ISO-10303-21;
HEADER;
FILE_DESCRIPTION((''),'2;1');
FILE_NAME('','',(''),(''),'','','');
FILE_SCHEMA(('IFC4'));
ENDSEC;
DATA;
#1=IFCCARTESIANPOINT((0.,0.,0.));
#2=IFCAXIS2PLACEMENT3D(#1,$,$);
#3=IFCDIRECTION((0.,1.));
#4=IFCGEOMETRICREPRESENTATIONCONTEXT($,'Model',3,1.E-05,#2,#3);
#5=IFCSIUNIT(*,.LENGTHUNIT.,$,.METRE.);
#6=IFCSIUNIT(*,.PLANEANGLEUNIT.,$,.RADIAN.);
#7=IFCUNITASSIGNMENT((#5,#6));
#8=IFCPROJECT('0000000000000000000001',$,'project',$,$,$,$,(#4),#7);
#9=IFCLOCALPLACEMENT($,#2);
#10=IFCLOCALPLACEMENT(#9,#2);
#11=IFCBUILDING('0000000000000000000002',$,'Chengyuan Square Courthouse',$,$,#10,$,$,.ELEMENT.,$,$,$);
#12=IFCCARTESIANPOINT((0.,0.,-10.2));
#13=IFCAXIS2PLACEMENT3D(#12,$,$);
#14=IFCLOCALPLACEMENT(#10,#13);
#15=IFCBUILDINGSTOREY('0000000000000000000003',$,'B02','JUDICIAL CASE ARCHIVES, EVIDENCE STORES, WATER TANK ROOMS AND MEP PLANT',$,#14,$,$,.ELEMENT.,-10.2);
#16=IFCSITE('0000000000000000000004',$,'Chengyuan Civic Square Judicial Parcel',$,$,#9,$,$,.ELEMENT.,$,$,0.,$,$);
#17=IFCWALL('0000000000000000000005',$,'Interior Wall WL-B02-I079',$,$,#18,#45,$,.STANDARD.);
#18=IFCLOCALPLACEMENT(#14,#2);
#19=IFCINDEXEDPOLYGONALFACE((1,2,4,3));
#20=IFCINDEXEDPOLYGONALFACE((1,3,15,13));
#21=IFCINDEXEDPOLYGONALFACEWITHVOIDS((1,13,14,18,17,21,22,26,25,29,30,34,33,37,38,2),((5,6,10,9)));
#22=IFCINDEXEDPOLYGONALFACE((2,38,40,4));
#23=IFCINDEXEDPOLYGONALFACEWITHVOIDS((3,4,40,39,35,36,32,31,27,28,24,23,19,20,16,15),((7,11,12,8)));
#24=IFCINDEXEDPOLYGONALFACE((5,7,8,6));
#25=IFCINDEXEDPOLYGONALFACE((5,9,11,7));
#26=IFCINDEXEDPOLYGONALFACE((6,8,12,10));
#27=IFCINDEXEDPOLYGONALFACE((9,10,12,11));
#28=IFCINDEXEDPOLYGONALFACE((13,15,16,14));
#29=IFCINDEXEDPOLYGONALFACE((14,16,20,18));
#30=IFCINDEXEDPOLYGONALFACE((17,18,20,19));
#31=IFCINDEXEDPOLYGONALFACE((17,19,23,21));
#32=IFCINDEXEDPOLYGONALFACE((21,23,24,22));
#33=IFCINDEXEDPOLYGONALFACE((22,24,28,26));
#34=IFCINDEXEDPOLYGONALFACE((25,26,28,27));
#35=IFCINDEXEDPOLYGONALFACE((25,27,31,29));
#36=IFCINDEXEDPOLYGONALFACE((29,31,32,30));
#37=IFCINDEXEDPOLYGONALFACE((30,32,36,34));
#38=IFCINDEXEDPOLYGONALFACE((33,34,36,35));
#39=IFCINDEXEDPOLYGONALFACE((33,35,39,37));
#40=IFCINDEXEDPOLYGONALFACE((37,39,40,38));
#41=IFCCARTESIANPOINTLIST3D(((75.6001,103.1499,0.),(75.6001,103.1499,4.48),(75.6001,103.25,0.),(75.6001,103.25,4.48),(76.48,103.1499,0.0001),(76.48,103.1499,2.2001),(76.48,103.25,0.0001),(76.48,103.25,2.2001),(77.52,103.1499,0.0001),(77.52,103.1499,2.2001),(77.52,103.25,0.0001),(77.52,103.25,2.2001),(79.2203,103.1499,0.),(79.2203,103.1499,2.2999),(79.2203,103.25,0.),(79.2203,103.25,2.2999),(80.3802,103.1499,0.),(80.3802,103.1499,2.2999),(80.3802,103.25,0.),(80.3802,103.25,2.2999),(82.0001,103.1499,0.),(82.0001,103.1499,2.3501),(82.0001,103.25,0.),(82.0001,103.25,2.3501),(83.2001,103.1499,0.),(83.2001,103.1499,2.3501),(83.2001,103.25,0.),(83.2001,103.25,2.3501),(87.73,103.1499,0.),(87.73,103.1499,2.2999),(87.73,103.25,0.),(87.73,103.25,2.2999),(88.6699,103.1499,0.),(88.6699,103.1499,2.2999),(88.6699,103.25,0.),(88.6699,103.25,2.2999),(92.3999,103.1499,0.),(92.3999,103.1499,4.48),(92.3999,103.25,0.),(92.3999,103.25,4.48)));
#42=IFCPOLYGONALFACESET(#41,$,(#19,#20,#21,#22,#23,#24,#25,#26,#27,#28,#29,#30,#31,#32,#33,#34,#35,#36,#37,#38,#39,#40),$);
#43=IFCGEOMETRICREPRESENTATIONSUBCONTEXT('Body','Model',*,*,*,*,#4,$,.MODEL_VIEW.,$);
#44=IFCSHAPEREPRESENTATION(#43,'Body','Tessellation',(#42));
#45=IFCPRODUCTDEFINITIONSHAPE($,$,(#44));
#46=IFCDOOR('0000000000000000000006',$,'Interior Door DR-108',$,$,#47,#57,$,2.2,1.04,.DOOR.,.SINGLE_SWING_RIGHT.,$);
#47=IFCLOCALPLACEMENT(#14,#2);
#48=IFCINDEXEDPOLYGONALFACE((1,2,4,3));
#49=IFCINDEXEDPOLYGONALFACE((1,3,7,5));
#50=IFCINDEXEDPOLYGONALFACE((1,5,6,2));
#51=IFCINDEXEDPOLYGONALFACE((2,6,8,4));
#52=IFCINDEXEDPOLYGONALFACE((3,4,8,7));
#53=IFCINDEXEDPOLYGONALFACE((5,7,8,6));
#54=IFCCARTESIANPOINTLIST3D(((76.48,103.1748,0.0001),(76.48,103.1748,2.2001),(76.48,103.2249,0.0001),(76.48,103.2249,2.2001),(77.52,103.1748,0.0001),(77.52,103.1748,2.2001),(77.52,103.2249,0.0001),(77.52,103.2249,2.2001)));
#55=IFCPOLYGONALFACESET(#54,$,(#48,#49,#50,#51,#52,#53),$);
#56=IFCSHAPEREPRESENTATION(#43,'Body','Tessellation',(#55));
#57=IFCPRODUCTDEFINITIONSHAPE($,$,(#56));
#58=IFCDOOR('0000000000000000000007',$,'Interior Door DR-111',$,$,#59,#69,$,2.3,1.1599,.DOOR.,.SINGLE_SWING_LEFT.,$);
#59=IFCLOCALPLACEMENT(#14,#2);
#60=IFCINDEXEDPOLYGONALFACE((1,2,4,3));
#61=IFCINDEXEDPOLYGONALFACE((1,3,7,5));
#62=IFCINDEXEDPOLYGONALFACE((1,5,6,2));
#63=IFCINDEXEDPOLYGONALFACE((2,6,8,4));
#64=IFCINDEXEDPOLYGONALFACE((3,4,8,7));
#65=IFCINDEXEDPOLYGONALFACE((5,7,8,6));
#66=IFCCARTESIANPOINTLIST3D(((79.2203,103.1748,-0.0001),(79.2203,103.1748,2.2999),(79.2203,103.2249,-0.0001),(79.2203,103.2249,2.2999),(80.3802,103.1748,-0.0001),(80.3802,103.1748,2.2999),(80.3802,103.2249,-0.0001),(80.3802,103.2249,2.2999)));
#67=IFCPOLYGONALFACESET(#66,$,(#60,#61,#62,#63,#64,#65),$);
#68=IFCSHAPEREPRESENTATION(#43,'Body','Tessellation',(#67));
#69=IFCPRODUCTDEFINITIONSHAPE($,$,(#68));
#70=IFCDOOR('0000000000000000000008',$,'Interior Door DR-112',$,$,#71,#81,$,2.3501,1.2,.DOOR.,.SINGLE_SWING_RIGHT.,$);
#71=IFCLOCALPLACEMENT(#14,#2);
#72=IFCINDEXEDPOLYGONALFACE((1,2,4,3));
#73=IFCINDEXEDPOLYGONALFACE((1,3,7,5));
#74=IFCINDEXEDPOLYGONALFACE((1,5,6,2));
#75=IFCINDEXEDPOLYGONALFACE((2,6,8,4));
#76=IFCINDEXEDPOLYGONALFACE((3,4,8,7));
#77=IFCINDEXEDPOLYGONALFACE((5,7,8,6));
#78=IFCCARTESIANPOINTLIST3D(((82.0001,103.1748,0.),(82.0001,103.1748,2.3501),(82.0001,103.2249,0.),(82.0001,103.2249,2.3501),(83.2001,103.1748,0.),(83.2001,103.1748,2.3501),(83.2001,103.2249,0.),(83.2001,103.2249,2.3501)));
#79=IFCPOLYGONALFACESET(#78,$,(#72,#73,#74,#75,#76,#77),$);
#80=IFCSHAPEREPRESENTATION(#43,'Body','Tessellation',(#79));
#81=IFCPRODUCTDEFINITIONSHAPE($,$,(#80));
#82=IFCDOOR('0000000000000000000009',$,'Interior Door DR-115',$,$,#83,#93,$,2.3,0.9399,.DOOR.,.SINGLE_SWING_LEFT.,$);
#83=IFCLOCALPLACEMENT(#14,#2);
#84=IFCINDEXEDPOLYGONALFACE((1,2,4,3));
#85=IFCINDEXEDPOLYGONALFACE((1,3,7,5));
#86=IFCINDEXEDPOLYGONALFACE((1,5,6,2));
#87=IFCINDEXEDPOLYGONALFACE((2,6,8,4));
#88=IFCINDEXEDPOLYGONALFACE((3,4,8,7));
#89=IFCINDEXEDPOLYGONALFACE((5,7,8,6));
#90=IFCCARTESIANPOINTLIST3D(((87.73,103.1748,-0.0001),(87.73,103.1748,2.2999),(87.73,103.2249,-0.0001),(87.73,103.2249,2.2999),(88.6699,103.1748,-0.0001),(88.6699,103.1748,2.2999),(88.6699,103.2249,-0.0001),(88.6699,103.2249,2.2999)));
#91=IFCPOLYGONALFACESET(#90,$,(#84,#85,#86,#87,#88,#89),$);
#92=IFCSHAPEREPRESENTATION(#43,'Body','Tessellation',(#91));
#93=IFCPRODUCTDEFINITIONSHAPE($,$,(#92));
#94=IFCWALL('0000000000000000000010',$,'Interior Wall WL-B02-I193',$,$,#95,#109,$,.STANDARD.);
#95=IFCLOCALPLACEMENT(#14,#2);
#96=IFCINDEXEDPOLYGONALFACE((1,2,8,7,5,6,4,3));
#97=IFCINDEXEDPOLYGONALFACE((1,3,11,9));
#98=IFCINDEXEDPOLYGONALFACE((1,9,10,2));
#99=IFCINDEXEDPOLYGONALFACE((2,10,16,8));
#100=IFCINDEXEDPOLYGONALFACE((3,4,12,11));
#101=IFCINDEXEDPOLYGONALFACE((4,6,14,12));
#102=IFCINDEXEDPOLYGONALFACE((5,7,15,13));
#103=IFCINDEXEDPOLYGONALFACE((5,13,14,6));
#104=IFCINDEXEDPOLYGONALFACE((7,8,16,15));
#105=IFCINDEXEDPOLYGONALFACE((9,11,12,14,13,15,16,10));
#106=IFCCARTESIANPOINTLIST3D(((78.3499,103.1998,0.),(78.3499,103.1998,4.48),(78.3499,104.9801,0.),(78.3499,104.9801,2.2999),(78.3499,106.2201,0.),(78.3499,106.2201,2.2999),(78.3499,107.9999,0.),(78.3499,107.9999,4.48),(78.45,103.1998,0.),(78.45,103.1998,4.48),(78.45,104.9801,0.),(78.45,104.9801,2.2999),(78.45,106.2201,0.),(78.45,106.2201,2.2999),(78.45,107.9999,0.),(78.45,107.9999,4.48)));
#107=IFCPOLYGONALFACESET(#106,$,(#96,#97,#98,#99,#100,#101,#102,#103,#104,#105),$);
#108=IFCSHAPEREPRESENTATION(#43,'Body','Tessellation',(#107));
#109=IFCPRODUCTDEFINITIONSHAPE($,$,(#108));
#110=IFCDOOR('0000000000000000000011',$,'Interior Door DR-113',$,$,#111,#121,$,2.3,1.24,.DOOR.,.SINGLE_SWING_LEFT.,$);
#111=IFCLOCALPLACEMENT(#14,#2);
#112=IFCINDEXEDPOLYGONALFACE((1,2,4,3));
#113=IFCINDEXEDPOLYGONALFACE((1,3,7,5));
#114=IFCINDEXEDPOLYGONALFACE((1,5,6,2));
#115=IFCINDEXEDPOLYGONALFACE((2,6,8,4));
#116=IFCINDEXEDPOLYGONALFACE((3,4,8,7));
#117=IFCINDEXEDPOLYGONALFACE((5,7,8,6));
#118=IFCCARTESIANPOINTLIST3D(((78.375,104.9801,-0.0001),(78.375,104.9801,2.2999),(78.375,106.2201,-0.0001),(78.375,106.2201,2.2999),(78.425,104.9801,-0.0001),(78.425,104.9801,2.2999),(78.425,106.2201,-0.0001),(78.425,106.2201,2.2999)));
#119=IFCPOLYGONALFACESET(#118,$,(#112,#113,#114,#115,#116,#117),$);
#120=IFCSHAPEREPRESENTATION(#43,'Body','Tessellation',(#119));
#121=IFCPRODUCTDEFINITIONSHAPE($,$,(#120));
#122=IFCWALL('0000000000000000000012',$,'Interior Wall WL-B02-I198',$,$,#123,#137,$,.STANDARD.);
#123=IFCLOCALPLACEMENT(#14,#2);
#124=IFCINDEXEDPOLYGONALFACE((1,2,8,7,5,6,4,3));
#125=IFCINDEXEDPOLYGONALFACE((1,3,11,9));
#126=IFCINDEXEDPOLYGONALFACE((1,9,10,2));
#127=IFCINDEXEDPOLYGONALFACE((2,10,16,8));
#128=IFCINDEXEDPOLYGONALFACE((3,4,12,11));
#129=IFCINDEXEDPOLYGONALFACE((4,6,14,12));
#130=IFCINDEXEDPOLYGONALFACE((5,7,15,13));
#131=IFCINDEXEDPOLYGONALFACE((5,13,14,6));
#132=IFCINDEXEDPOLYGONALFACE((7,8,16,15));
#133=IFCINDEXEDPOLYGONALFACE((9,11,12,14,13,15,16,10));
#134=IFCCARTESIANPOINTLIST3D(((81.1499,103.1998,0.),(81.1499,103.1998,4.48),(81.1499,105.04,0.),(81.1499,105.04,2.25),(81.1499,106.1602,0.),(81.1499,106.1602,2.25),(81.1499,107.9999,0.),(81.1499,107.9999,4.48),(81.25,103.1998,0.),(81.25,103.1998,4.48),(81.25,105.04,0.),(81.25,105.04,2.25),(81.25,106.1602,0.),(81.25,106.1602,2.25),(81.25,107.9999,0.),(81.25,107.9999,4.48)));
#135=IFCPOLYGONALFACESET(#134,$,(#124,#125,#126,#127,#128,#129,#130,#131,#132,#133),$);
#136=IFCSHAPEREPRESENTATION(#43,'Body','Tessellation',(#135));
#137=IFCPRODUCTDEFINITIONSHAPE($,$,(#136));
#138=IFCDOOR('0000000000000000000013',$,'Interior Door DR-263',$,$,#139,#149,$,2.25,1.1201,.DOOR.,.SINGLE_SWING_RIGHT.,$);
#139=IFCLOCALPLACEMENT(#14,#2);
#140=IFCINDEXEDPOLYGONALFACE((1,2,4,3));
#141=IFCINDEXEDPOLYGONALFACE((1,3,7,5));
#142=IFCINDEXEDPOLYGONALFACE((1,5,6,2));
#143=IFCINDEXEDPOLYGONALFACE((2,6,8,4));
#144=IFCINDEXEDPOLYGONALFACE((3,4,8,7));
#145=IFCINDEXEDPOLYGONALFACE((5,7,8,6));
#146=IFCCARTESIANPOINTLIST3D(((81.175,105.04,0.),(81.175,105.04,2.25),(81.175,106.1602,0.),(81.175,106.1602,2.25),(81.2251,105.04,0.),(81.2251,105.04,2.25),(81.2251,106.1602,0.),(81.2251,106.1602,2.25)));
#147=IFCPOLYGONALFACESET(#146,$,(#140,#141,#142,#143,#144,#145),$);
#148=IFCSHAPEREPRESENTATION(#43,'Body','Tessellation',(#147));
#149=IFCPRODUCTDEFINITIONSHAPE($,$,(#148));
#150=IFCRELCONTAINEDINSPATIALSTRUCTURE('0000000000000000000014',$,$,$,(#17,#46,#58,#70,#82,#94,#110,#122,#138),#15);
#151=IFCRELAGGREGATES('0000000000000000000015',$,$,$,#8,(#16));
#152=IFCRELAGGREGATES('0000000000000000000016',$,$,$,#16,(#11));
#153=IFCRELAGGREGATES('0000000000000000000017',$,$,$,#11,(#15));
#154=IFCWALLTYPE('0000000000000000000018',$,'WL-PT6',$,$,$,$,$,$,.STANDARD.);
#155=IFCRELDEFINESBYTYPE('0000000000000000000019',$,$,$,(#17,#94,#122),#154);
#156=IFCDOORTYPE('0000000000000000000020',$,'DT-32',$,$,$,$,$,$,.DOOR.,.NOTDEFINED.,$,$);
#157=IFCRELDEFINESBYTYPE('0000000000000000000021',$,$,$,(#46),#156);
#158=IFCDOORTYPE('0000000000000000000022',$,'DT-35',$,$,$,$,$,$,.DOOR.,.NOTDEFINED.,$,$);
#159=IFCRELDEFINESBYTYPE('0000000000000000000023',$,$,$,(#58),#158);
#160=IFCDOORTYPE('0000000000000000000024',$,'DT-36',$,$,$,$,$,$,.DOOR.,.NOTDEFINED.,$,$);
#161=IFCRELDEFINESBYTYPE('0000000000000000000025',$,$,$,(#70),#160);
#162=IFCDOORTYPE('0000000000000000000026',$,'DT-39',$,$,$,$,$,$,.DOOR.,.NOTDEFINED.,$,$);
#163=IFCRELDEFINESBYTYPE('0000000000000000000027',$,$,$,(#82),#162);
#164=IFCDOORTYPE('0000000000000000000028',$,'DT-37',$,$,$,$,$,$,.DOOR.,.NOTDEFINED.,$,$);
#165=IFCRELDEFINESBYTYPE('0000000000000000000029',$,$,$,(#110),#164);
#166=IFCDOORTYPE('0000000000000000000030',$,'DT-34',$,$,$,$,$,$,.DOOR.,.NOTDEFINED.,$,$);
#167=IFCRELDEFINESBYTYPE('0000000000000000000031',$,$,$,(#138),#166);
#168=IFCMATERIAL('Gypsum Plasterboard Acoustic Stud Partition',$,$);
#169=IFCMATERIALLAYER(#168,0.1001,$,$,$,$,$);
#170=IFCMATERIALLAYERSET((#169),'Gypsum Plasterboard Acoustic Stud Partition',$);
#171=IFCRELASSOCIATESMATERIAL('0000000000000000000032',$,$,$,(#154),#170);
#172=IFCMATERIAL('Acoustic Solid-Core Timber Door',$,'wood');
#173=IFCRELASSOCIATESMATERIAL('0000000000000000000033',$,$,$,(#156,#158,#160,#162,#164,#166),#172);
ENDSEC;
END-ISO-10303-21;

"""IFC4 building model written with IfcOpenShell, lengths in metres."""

from ifc_helpers import new_model, si_unit, direction, frame, frame_2d, origin, place, context, subcontext, project, spatial, rectangle, extrude, material, layer, layer_set, type_object, element, fill, save


model = new_model("IFC4")

# Units and contexts
model_context = context("Model", 3, precision=1e-05, world=origin(), true_north=direction((0.0, 1.0)))
body_context = subcontext(model_context, "Body", "Model", "MODEL_VIEW")
ifc_project = project(units=[si_unit("LENGTHUNIT", "METRE"), si_unit("PLANEANGLEUNIT", "RADIAN")], contexts=[model_context])

# Site, building, storey
site_placement = place(None, origin())
site = spatial("IfcSite", under=ifc_project, at=site_placement, Name="Chengyuan Civic Square Judicial Parcel", CompositionType="ELEMENT", RefElevation=0.0)
building_placement = place(site_placement, origin())
building = spatial("IfcBuilding", under=site, at=building_placement, Name="Chengyuan Square Courthouse", CompositionType="ELEMENT")
storey_placement = place(building_placement, frame((0.0, 0.0, -10.2)))
storey = spatial("IfcBuildingStorey", under=building, at=storey_placement, Name="B02", Description="JUDICIAL CASE ARCHIVES, EVIDENCE STORES, WATER TANK ROOMS AND MEP PLANT", CompositionType="ELEMENT", Elevation=-10.2)

# Wall, openings, doors
ifc_material_1 = material(Name="Gypsum Plasterboard Acoustic Stud Partition")
ifc_layer_1 = layer(ifc_material_1, 0.1001)
ifc_layer_set_1 = layer_set([ifc_layer_1], Name="Gypsum Plasterboard Acoustic Stud Partition")
wall_type_1 = type_object("IfcWallType", Name="WL-PT6", PredefinedType="STANDARD", material=ifc_layer_set_1)
wall_1_placement = place(storey_placement, frame((75.6001, 103.2, 0.0), z_axis=(0.0, 0.0, 1.0), x_axis=(1.0, 0.0, 0.0)))
wall_1 = element("IfcWall", 1, at=wall_1_placement, inside=storey, type_object=wall_type_1, Name="Interior Wall WL-B02-I079", PredefinedType="STANDARD", context=body_context, shape_type="SweptSolid", body=[
    extrude(rectangle(XDim=16.7998, YDim=0.1001, at=frame_2d((8.3999, 0.0))), origin(), (0.0, 0.0, 1.0), 4.48),
])
opening_1_placement = place(wall_1_placement, frame((0.8799, 0.0, 0.0)))
opening_1 = element("IfcOpeningElement", 2, at=opening_1_placement, cuts=wall_1, PredefinedType="OPENING", context=body_context, shape_type="SweptSolid", body=[
    extrude(rectangle(XDim=1.04, YDim=2.2, at=frame_2d((0.52, 1.1001))), frame((0.0, 0.062, 0.0), z_axis=(0.0, -1.0, 0.0), x_axis=(1.0, 0.0, 0.0)), (0.0, 0.0, 1.0), 0.124),
])
opening_2_placement = place(wall_1_placement, frame((3.6201, 0.0, 0.0)))
opening_2 = element("IfcOpeningElement", 3, at=opening_2_placement, cuts=wall_1, PredefinedType="OPENING", context=body_context, shape_type="SweptSolid", body=[
    extrude(rectangle(XDim=1.1599, YDim=2.3, at=frame_2d((0.5801, 1.1499))), frame((0.0, 0.062, 0.0), z_axis=(0.0, -1.0, 0.0), x_axis=(1.0, 0.0, 0.0)), (0.0, 0.0, 1.0), 0.124),
])
opening_3_placement = place(wall_1_placement, frame((6.3999, 0.0, 0.0)))
opening_3 = element("IfcOpeningElement", 4, at=opening_3_placement, cuts=wall_1, PredefinedType="OPENING", context=body_context, shape_type="SweptSolid", body=[
    extrude(rectangle(XDim=1.2, YDim=2.3501, at=frame_2d((0.6001, 1.175))), frame((0.0, 0.062, 0.0), z_axis=(0.0, -1.0, 0.0), x_axis=(1.0, 0.0, 0.0)), (0.0, 0.0, 1.0), 0.124),
])
opening_4_placement = place(wall_1_placement, frame((12.1299, 0.0, 0.0)))
opening_4 = element("IfcOpeningElement", 5, at=opening_4_placement, cuts=wall_1, PredefinedType="OPENING", context=body_context, shape_type="SweptSolid", body=[
    extrude(rectangle(XDim=0.9399, YDim=2.3, at=frame_2d((0.47, 1.1499))), frame((0.0, 0.062, 0.0), z_axis=(0.0, -1.0, 0.0), x_axis=(1.0, 0.0, 0.0)), (0.0, 0.0, 1.0), 0.124),
])
ifc_material_2 = material(Name="Acoustic Solid-Core Timber Door", Category="wood")
door_type_1 = type_object("IfcDoorType", Name="DT-32", OperationType="NOTDEFINED", PredefinedType="DOOR", material=ifc_material_2)
door_1_placement = place(opening_1_placement, origin())
door_1 = element("IfcDoor", 6, at=door_1_placement, inside=storey, type_object=door_type_1, Name="Interior Door DR-108", OperationType="SINGLE_SWING_RIGHT", OverallHeight=2.2, OverallWidth=1.04, PredefinedType="DOOR", context=body_context, shape_type="SweptSolid", body=[
    extrude(rectangle(XDim=1.04, YDim=2.2, at=frame_2d((0.52, 1.1001))), frame((0.0, 0.0249, 0.0), z_axis=(0.0, -1.0, 0.0), x_axis=(1.0, 0.0, 0.0)), (0.0, 0.0, 1.0), 0.05),
])
fill(opening_1, door_1)
door_type_2 = type_object("IfcDoorType", Name="DT-35", OperationType="NOTDEFINED", PredefinedType="DOOR", material=ifc_material_2)
door_2_placement = place(opening_2_placement, origin())
door_2 = element("IfcDoor", 7, at=door_2_placement, inside=storey, type_object=door_type_2, Name="Interior Door DR-111", OperationType="SINGLE_SWING_LEFT", OverallHeight=2.3, OverallWidth=1.1599, PredefinedType="DOOR", context=body_context, shape_type="SweptSolid", body=[
    extrude(rectangle(XDim=1.1599, YDim=2.3, at=frame_2d((0.5801, 1.1499))), frame((0.0, 0.0249, 0.0), z_axis=(0.0, -1.0, 0.0), x_axis=(1.0, 0.0, 0.0)), (0.0, 0.0, 1.0), 0.05),
])
fill(opening_2, door_2)
door_type_3 = type_object("IfcDoorType", Name="DT-36", OperationType="NOTDEFINED", PredefinedType="DOOR", material=ifc_material_2)
door_3_placement = place(opening_3_placement, origin())
door_3 = element("IfcDoor", 8, at=door_3_placement, inside=storey, type_object=door_type_3, Name="Interior Door DR-112", OperationType="SINGLE_SWING_RIGHT", OverallHeight=2.3501, OverallWidth=1.2, PredefinedType="DOOR", context=body_context, shape_type="SweptSolid", body=[
    extrude(rectangle(XDim=1.2, YDim=2.3501, at=frame_2d((0.6001, 1.175))), frame((0.0, 0.0249, 0.0), z_axis=(0.0, -1.0, 0.0), x_axis=(1.0, 0.0, 0.0)), (0.0, 0.0, 1.0), 0.05),
])
fill(opening_3, door_3)
door_type_4 = type_object("IfcDoorType", Name="DT-39", OperationType="NOTDEFINED", PredefinedType="DOOR", material=ifc_material_2)
door_4_placement = place(opening_4_placement, origin())
door_4 = element("IfcDoor", 9, at=door_4_placement, inside=storey, type_object=door_type_4, Name="Interior Door DR-115", OperationType="SINGLE_SWING_LEFT", OverallHeight=2.3, OverallWidth=0.9399, PredefinedType="DOOR", context=body_context, shape_type="SweptSolid", body=[
    extrude(rectangle(XDim=0.9399, YDim=2.3, at=frame_2d((0.47, 1.1499))), frame((0.0, 0.0249, 0.0), z_axis=(0.0, -1.0, 0.0), x_axis=(1.0, 0.0, 0.0)), (0.0, 0.0, 1.0), 0.05),
])
fill(opening_4, door_4)

# Walls, openings, doors
wall_2_placement = place(storey_placement, frame((78.3999, 103.2, 0.0), z_axis=(0.0, 0.0, 1.0), x_axis=(0.0, 1.0, 0.0)))
wall_2 = element("IfcWall", 10, at=wall_2_placement, inside=storey, type_object=wall_type_1, Name="Interior Wall WL-B02-I193", PredefinedType="STANDARD", context=body_context, shape_type="SweptSolid", body=[
    extrude(rectangle(XDim=4.8, YDim=0.1001, at=frame_2d((2.3999, 0.0))), origin(), (0.0, 0.0, 1.0), 4.48),
])
opening_5_placement = place(wall_2_placement, frame((1.78, 0.0, 0.0)))
opening_5 = element("IfcOpeningElement", 11, at=opening_5_placement, cuts=wall_2, PredefinedType="OPENING", context=body_context, shape_type="SweptSolid", body=[
    extrude(rectangle(XDim=1.24, YDim=2.3, at=frame_2d((0.6201, 1.1499))), frame((0.0, 0.062, 0.0), z_axis=(0.0, -1.0, 0.0), x_axis=(1.0, 0.0, 0.0)), (0.0, 0.0, 1.0), 0.124),
])
door_type_5 = type_object("IfcDoorType", Name="DT-37", OperationType="NOTDEFINED", PredefinedType="DOOR", material=ifc_material_2)
door_5_placement = place(opening_5_placement, origin())
door_5 = element("IfcDoor", 12, at=door_5_placement, inside=storey, type_object=door_type_5, Name="Interior Door DR-113", OperationType="SINGLE_SWING_LEFT", OverallHeight=2.3, OverallWidth=1.24, PredefinedType="DOOR", context=body_context, shape_type="SweptSolid", body=[
    extrude(rectangle(XDim=1.24, YDim=2.3, at=frame_2d((0.6201, 1.1499))), frame((0.0, 0.0249, 0.0), z_axis=(0.0, -1.0, 0.0), x_axis=(1.0, 0.0, 0.0)), (0.0, 0.0, 1.0), 0.05),
])
fill(opening_5, door_5)
wall_3_placement = place(storey_placement, frame((81.2, 103.2, 0.0), z_axis=(0.0, 0.0, 1.0), x_axis=(0.0, 1.0, 0.0)))
wall_3 = element("IfcWall", 13, at=wall_3_placement, inside=storey, type_object=wall_type_1, Name="Interior Wall WL-B02-I198", PredefinedType="STANDARD", context=body_context, shape_type="SweptSolid", body=[
    extrude(rectangle(XDim=4.8, YDim=0.1001, at=frame_2d((2.3999, 0.0))), origin(), (0.0, 0.0, 1.0), 4.48),
])
opening_6_placement = place(wall_3_placement, frame((1.8401, 0.0, 0.0)))
opening_6 = element("IfcOpeningElement", 14, at=opening_6_placement, cuts=wall_3, PredefinedType="OPENING", context=body_context, shape_type="SweptSolid", body=[
    extrude(rectangle(XDim=1.1201, YDim=2.25, at=frame_2d((0.5601, 1.125))), frame((0.0, 0.062, 0.0), z_axis=(0.0, -1.0, 0.0), x_axis=(1.0, 0.0, 0.0)), (0.0, 0.0, 1.0), 0.124),
])
door_type_6 = type_object("IfcDoorType", Name="DT-34", OperationType="NOTDEFINED", PredefinedType="DOOR", material=ifc_material_2)
door_6_placement = place(opening_6_placement, origin())
door_6 = element("IfcDoor", 15, at=door_6_placement, inside=storey, type_object=door_type_6, Name="Interior Door DR-263", OperationType="SINGLE_SWING_RIGHT", OverallHeight=2.25, OverallWidth=1.1201, PredefinedType="DOOR", context=body_context, shape_type="SweptSolid", body=[
    extrude(rectangle(XDim=1.1201, YDim=2.25, at=frame_2d((0.5601, 1.125))), frame((0.0, 0.0249, 0.0), z_axis=(0.0, -1.0, 0.0), x_axis=(1.0, 0.0, 0.0)), (0.0, 0.0, 1.0), 0.05),
])
fill(opening_6, door_6)

save(model, "model.ifc")
